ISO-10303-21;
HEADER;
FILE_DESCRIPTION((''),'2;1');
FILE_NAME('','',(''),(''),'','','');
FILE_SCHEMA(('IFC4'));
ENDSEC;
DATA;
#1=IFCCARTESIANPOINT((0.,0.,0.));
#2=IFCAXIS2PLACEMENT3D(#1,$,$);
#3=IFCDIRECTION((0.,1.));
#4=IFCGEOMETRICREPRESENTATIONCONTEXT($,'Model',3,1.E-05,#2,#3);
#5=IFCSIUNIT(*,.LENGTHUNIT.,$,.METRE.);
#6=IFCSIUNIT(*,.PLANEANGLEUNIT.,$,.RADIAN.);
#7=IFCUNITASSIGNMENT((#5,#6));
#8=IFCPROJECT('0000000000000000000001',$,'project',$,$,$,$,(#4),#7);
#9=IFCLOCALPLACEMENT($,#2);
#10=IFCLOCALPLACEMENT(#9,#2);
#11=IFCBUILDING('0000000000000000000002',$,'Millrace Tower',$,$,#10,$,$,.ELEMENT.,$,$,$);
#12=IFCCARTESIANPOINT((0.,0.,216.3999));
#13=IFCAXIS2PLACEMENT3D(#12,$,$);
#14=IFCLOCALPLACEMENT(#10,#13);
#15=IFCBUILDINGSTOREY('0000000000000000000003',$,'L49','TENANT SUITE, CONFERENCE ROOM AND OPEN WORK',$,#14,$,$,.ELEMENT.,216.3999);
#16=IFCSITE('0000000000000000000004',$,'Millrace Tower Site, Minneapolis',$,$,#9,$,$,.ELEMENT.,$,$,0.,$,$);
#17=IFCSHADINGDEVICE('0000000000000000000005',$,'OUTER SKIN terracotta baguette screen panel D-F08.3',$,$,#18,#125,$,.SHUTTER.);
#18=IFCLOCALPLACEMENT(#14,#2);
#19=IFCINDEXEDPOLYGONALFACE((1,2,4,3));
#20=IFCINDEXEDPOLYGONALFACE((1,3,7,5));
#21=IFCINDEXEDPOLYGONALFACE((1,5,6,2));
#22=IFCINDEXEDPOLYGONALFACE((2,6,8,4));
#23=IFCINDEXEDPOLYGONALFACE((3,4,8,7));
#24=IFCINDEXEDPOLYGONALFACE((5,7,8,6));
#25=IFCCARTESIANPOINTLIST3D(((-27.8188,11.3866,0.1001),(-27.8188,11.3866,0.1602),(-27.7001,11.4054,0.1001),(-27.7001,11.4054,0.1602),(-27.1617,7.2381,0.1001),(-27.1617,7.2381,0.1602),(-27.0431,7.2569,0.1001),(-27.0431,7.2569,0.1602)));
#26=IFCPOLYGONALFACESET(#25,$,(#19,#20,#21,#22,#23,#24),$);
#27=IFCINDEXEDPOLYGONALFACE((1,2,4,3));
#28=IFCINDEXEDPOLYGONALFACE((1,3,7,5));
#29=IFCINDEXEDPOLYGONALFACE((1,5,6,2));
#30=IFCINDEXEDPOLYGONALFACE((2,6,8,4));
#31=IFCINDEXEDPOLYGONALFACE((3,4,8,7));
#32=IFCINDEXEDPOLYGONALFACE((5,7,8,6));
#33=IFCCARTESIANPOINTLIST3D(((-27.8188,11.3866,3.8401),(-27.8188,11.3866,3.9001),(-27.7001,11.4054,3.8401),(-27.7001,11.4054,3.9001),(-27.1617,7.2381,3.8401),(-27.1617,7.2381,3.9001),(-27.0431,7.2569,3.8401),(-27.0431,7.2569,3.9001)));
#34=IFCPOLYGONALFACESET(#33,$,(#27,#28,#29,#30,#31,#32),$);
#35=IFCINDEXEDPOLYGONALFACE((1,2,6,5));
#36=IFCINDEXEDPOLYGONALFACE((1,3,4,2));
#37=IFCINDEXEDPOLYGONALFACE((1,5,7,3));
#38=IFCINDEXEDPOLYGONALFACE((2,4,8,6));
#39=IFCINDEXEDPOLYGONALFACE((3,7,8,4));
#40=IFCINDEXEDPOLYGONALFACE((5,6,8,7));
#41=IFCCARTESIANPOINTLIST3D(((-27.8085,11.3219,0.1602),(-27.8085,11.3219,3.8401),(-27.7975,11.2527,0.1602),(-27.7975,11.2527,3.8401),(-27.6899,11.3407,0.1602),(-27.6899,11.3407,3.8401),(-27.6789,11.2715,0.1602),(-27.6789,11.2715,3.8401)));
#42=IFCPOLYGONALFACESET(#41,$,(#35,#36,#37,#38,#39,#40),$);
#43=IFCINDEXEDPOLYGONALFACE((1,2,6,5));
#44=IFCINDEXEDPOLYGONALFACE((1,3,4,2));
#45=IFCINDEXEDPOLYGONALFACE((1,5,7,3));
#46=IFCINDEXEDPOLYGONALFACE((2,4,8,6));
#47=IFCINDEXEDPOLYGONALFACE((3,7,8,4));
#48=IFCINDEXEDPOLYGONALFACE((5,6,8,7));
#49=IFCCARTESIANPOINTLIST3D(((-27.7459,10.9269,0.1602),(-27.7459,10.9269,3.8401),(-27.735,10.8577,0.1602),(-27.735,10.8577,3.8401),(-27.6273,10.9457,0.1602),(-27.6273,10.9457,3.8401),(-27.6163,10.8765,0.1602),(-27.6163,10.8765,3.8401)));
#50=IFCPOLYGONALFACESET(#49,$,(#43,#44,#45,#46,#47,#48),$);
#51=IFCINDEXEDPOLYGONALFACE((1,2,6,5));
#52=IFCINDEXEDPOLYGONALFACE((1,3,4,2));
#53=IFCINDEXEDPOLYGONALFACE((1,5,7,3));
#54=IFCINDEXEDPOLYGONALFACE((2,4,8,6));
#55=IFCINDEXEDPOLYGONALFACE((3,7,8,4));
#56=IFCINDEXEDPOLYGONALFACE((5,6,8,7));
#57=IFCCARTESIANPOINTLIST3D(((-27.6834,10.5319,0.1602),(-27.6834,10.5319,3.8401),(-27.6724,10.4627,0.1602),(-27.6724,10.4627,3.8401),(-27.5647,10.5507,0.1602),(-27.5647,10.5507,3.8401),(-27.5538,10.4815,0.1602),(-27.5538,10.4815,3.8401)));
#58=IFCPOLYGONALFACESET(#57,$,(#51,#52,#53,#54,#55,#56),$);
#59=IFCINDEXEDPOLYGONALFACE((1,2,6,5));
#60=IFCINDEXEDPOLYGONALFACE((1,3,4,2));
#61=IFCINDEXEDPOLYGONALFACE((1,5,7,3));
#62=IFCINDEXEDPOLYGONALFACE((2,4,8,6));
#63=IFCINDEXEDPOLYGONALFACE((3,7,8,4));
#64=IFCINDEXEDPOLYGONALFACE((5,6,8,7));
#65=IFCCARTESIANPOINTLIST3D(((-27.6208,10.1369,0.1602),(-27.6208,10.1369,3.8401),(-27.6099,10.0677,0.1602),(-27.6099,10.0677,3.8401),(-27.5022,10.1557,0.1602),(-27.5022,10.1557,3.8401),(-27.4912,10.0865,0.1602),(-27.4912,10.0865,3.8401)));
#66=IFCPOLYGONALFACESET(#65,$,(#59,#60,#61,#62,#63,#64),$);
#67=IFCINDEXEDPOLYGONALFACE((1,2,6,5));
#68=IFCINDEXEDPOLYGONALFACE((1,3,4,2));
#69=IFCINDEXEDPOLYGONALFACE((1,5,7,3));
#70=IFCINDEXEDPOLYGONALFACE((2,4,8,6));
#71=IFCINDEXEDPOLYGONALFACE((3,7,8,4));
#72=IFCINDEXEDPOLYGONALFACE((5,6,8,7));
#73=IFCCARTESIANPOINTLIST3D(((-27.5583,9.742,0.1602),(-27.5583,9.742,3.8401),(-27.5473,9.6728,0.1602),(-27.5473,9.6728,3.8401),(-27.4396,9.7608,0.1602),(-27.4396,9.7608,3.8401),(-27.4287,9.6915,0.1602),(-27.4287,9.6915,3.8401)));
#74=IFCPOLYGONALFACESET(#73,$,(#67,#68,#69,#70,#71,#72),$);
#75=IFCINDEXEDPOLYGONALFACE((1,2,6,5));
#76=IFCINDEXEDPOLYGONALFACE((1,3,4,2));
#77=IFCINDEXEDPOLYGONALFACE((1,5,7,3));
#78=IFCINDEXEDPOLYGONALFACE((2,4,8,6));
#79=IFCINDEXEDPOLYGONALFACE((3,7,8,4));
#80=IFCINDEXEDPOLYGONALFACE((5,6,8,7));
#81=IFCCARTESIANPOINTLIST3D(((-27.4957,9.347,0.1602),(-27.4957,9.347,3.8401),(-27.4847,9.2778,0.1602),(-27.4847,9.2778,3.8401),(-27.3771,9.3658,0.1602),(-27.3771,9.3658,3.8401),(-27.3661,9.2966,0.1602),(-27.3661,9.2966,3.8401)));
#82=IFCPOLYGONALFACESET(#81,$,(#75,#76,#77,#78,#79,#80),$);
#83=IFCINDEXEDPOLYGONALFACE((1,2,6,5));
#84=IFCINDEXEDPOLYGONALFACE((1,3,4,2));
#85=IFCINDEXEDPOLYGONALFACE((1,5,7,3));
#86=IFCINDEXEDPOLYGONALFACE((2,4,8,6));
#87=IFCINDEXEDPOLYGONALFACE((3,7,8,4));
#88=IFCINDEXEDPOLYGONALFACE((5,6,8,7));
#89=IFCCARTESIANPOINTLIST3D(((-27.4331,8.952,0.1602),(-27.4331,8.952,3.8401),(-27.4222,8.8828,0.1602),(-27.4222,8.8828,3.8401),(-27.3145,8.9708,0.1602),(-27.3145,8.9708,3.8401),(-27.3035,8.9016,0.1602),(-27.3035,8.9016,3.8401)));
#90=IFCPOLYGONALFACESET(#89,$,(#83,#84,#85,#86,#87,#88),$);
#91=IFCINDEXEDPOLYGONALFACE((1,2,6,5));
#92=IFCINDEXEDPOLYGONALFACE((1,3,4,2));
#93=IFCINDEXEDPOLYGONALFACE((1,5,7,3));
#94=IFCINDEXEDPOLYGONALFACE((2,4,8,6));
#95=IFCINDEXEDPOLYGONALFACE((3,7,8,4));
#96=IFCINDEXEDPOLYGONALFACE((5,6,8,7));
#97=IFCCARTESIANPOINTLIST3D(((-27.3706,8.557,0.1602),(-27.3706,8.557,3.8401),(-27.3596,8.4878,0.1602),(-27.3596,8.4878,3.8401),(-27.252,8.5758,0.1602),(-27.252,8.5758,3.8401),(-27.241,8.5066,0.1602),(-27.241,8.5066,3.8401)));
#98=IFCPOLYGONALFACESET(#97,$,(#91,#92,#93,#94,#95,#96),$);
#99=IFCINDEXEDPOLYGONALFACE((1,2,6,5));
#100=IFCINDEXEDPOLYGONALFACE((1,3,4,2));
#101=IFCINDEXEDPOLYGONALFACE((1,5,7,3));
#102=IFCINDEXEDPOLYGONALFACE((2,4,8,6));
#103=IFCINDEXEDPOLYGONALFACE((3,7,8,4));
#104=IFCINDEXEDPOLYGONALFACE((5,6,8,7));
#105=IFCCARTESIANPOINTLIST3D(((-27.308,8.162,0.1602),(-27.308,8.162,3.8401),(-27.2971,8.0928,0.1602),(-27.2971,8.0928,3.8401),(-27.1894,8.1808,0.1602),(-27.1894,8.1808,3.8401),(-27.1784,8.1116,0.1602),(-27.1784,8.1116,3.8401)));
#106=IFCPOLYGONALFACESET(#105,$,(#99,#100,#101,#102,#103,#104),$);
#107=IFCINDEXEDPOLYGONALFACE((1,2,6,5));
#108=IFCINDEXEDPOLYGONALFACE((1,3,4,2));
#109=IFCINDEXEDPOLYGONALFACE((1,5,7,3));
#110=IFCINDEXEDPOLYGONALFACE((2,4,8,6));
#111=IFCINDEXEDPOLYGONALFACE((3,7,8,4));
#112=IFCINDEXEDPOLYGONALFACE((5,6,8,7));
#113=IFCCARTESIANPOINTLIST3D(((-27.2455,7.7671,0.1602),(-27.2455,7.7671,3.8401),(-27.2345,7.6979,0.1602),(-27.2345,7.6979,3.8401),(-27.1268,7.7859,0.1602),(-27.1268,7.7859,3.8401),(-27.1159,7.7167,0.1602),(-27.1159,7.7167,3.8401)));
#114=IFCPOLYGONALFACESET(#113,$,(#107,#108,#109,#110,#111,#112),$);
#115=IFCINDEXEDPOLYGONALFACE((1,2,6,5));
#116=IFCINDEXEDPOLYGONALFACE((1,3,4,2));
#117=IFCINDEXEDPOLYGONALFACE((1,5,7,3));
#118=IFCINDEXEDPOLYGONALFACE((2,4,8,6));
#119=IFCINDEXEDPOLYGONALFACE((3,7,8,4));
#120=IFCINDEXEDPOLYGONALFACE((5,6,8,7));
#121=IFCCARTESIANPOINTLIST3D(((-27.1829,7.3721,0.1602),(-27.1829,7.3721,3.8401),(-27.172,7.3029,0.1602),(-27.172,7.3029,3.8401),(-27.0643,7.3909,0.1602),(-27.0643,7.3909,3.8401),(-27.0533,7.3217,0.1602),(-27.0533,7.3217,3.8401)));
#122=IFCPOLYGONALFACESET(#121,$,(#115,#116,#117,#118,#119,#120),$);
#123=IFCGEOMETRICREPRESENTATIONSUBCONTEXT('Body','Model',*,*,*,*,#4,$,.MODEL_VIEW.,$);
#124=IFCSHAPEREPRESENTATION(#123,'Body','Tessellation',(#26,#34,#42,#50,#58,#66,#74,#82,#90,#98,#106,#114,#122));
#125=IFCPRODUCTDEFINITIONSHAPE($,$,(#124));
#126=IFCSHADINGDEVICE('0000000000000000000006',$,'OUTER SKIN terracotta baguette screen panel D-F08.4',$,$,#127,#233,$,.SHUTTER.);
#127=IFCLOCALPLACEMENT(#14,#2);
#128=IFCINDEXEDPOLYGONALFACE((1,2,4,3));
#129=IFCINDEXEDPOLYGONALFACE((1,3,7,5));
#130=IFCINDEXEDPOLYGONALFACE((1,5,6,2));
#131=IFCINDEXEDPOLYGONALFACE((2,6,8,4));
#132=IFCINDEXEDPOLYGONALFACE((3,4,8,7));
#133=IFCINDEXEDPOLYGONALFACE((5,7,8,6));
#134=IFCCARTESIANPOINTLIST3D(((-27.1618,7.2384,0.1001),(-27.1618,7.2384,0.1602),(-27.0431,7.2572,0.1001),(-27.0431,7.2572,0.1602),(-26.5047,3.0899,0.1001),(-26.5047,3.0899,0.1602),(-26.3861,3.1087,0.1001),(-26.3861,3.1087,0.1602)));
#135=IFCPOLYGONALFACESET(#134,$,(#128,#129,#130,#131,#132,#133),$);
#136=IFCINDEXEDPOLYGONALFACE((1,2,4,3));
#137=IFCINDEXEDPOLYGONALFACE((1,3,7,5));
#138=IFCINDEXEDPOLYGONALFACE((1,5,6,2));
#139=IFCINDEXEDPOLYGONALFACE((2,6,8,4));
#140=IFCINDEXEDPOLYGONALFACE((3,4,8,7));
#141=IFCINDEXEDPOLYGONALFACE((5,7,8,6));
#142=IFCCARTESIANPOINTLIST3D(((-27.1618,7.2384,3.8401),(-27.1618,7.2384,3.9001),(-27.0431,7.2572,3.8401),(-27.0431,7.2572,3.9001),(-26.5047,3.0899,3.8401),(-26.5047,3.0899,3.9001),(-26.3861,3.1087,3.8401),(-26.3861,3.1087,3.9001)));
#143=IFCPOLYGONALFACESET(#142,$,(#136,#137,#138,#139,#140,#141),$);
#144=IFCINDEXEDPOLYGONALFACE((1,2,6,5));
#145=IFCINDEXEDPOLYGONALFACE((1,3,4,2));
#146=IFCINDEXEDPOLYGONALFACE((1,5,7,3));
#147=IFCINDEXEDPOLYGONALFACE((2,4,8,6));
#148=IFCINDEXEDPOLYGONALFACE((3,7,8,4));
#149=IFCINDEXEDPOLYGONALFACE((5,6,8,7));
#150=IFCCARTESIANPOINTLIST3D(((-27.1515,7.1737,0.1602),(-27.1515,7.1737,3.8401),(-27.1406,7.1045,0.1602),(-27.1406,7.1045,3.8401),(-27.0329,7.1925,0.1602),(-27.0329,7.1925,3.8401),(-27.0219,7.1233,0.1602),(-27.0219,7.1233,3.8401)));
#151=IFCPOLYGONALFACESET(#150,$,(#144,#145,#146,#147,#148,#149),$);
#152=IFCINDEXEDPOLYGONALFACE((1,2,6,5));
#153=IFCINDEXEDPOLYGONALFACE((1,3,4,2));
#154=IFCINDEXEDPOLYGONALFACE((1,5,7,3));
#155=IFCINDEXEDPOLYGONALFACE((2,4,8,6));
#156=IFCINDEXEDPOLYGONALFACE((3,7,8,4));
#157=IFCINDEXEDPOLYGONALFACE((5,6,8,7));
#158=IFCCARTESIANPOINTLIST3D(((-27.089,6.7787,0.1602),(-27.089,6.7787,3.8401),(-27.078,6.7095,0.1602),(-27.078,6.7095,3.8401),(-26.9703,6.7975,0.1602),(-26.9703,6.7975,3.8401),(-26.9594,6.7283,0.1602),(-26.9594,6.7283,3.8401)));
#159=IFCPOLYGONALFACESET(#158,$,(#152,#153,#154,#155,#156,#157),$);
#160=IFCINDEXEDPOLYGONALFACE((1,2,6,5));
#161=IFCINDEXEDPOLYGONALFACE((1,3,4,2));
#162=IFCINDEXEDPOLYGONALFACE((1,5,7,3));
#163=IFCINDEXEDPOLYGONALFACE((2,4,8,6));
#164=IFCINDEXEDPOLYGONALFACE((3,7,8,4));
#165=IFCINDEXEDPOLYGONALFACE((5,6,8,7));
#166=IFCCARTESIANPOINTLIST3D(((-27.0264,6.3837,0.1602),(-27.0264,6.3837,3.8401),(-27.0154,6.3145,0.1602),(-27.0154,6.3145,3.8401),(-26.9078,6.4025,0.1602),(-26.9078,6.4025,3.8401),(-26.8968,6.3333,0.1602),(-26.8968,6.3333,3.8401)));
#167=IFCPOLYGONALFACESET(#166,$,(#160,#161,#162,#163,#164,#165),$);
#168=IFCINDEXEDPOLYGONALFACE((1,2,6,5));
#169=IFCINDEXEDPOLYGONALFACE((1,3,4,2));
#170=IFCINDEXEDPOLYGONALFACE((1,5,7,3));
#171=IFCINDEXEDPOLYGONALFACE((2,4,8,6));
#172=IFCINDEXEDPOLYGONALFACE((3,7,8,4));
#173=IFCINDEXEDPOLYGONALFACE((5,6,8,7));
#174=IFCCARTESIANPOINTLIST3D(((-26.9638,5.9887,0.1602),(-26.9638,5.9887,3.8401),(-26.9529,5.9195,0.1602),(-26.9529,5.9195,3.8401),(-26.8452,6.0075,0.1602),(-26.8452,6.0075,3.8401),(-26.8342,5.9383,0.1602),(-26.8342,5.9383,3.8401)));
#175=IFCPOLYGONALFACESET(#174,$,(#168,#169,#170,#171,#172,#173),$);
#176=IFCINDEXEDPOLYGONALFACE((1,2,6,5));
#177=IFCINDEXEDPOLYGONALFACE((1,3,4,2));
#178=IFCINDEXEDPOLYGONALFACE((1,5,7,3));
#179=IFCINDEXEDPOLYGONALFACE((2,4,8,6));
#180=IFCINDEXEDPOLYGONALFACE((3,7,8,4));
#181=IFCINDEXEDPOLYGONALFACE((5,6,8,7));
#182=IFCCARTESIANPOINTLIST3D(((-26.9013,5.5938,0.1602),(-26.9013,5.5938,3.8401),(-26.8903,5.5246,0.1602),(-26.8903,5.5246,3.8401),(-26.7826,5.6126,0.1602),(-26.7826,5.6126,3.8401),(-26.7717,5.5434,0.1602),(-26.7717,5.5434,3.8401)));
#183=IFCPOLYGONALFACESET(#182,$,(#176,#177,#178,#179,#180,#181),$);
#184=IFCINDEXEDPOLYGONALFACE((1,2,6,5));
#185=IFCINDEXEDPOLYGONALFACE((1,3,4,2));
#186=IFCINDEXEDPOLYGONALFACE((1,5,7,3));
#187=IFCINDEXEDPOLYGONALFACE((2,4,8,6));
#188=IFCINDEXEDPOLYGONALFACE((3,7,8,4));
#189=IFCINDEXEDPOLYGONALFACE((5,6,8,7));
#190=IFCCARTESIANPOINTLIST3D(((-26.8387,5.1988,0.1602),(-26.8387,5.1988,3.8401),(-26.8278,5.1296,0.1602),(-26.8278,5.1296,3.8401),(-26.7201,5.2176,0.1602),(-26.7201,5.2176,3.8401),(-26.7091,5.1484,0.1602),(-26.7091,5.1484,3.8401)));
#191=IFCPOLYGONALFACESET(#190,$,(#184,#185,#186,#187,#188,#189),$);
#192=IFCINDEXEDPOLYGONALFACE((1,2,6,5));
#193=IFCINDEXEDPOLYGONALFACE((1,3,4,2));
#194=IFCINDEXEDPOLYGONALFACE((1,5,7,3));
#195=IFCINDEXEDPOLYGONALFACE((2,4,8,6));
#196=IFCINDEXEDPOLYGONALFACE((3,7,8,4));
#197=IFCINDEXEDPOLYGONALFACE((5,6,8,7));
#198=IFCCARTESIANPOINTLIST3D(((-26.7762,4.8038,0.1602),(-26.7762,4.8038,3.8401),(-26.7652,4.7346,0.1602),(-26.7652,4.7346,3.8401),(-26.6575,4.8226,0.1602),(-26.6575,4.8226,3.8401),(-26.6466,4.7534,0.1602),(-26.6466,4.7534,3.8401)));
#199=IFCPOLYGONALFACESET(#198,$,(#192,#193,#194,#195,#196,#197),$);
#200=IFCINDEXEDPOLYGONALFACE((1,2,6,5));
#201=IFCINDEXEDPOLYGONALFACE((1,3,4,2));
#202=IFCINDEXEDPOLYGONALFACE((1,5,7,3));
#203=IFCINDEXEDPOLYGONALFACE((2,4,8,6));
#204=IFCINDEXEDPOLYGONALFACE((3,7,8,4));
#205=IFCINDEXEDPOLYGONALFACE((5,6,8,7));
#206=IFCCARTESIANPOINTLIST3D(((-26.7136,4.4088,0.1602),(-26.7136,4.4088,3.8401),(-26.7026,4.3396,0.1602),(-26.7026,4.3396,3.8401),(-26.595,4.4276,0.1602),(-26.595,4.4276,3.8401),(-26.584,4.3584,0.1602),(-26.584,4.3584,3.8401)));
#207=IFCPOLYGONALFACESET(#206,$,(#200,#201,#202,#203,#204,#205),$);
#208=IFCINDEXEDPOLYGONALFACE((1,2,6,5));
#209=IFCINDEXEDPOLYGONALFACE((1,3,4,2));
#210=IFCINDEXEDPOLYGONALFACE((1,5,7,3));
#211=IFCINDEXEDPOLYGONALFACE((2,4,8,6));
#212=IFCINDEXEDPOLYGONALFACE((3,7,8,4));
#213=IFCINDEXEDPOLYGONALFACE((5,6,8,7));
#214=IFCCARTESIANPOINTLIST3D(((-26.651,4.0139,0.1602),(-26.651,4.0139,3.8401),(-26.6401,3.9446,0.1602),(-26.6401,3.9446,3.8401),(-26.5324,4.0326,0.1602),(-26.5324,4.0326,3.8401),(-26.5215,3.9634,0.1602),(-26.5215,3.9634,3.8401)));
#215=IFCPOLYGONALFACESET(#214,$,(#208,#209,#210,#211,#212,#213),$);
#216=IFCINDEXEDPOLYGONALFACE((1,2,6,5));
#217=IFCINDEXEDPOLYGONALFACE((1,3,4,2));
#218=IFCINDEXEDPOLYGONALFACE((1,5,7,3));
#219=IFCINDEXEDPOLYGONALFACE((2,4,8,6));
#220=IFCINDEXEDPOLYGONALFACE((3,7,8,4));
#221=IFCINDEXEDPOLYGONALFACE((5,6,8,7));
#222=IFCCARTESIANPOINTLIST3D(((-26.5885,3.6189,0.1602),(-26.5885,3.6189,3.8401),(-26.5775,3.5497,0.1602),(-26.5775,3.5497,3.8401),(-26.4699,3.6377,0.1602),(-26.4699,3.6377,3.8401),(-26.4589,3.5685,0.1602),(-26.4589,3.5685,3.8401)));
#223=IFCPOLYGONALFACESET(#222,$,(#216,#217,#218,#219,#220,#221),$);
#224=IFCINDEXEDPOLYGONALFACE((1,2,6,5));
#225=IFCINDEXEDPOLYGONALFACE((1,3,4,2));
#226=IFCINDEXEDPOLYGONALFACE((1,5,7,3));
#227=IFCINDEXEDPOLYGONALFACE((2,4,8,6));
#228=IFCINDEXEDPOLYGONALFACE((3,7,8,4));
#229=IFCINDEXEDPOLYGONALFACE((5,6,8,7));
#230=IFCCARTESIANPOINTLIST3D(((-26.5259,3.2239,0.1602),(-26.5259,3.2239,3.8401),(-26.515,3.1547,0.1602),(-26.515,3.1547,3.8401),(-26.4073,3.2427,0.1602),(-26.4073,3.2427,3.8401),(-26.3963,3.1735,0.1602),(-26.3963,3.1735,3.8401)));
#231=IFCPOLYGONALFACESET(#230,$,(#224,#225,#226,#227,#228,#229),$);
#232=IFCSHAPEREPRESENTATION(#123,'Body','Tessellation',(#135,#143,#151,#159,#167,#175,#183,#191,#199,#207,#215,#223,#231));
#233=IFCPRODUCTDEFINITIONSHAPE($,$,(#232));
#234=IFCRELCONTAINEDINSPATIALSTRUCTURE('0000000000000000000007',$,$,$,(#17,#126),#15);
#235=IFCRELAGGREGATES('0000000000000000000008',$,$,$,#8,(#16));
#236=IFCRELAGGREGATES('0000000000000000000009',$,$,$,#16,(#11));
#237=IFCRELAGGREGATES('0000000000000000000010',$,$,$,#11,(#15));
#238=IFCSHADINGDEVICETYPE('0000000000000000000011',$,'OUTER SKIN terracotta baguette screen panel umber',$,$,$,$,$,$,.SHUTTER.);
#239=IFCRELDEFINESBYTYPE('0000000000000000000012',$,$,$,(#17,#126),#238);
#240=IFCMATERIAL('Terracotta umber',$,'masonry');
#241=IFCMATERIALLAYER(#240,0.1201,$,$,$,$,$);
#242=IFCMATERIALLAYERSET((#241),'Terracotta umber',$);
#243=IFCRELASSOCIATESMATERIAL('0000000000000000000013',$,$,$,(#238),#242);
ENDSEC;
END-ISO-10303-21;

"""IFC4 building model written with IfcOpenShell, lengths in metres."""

from ifc_helpers import new_model, entity, si_unit, direction, frame, frame_2d, origin, origin_2d, place, context, subcontext, project, spatial, rectangle, extrude, source, transform, mapped, material, layer, layer_set, type_object, element, save


model = new_model("IFC4")

# Units and contexts
model_context = context("Model", 3, precision=1e-05, world=origin(), true_north=direction((0.0, 1.0)))
body_context = subcontext(model_context, "Body", "Model", "MODEL_VIEW")
ifc_project = project(units=[si_unit("LENGTHUNIT", "METRE"), si_unit("PLANEANGLEUNIT", "RADIAN")], contexts=[model_context])

# Site, building, storey
site_placement = place(None, origin())
site = spatial("IfcSite", under=ifc_project, at=site_placement, Name="Millrace Tower Site, Minneapolis", CompositionType="ELEMENT", RefElevation=0.0)
building_placement = place(site_placement, origin())
building = spatial("IfcBuilding", under=site, at=building_placement, Name="Millrace Tower", CompositionType="ELEMENT")
storey_placement = place(building_placement, frame((0.0, 0.0, 216.3999)))
storey = spatial("IfcBuildingStorey", under=building, at=storey_placement, Name="L49", Description="TENANT SUITE, CONFERENCE ROOM AND OPEN WORK", CompositionType="ELEMENT", Elevation=216.3999)

# Shading devices
ifc_material_1 = material(Name="Terracotta umber", Category="masonry")
ifc_layer_1 = layer(ifc_material_1, 0.1201)
ifc_layer_set_1 = layer_set([ifc_layer_1], Name="Terracotta umber")
shading_device_type = type_object("IfcShadingDeviceType", Name="OUTER SKIN terracotta baguette screen panel umber", PredefinedType="SHUTTER", material=ifc_layer_set_1)
cartesian_point = entity("IfcCartesianPoint", [-2.1001, 0.0601])
shared_polyline = entity("IfcPolyline", [cartesian_point, entity("IfcCartesianPoint", [2.1001, 0.0601]), entity("IfcCartesianPoint", [2.1001, -0.0601]), entity("IfcCartesianPoint", [-2.1001, -0.0601]), cartesian_point])
shared_shape = source(origin(), body_context, "Body", "SweptSolid", [
    entity("IfcExtrudedAreaSolid", entity("IfcArbitraryClosedProfileDef", "AREA", None, shared_polyline), entity("IfcAxis2Placement3D", entity("IfcCartesianPoint", [0.0, 0.0, 0.0])), entity("IfcDirection", [0.0, 0.0, 1.0]), 0.0601),
    entity("IfcExtrudedAreaSolid", entity("IfcArbitraryClosedProfileDef", "AREA", None, shared_polyline), entity("IfcAxis2Placement3D", entity("IfcCartesianPoint", [0.0, 0.0, 3.74])), entity("IfcDirection", [0.0, 0.0, 1.0]), 0.0601),
    extrude(rectangle(XDim=0.0701, YDim=0.1201, at=frame_2d((-1.9995, 0.0))), frame((0.0, 0.0, 0.0601)), (0.0, 0.0, 1.0), 3.6799),
    extrude(rectangle(XDim=0.0701, YDim=0.1201, at=frame_2d((-1.5996, 0.0))), frame((0.0, 0.0, 0.0601)), (0.0, 0.0, 1.0), 3.6799),
    extrude(rectangle(XDim=0.0701, YDim=0.1201, at=frame_2d((-1.1997, 0.0))), frame((0.0, 0.0, 0.0601)), (0.0, 0.0, 1.0), 3.6799),
    extrude(rectangle(XDim=0.0701, YDim=0.1201, at=frame_2d((-0.7998, 0.0))), frame((0.0, 0.0, 0.0601)), (0.0, 0.0, 1.0), 3.6799),
    extrude(rectangle(XDim=0.0701, YDim=0.1201, at=frame_2d((-0.3999, 0.0))), frame((0.0, 0.0, 0.0601)), (0.0, 0.0, 1.0), 3.6799),
    extrude(rectangle(XDim=0.0701, YDim=0.1201, at=origin_2d()), frame((0.0, 0.0, 0.0601)), (0.0, 0.0, 1.0), 3.6799),
    extrude(rectangle(XDim=0.0701, YDim=0.1201, at=frame_2d((0.3999, 0.0))), frame((0.0, 0.0, 0.0601)), (0.0, 0.0, 1.0), 3.6799),
    extrude(rectangle(XDim=0.0701, YDim=0.1201, at=frame_2d((0.7998, 0.0))), frame((0.0, 0.0, 0.0601)), (0.0, 0.0, 1.0), 3.6799),
    extrude(rectangle(XDim=0.0701, YDim=0.1201, at=frame_2d((1.1997, 0.0))), frame((0.0, 0.0, 0.0601)), (0.0, 0.0, 1.0), 3.6799),
    extrude(rectangle(XDim=0.0701, YDim=0.1201, at=frame_2d((1.5996, 0.0))), frame((0.0, 0.0, 0.0601)), (0.0, 0.0, 1.0), 3.6799),
    extrude(rectangle(XDim=0.0701, YDim=0.1201, at=frame_2d((1.9995, 0.0))), frame((0.0, 0.0, 0.0601)), (0.0, 0.0, 1.0), 3.6799),
])
for number, where, z_axis, x_axis, name in (
    (1, (-27.4309, 9.3218, 0.1001), (0.0, 0.0, 1.0), (0.156434, -0.987688, 0.0), "OUTER SKIN terracotta baguette screen panel D-F08.3"),
    (2, (-26.7739, 5.1736, 0.1001), (0.0, 0.0, 1.0), (0.156434, -0.987688, 0.0), "OUTER SKIN terracotta baguette screen panel D-F08.4"),
):
    element("IfcShadingDevice", number, at=place(storey_placement, frame(where, z_axis=z_axis, x_axis=x_axis)), inside=storey, type_object=shading_device_type, Name=name, PredefinedType="SHUTTER", context=body_context, shape_type="MappedRepresentation", body=[
        mapped(shared_shape, transform((0.0, 0.0, 0.0), scale=1.0)),
    ])

save(model, "model.ifc")
